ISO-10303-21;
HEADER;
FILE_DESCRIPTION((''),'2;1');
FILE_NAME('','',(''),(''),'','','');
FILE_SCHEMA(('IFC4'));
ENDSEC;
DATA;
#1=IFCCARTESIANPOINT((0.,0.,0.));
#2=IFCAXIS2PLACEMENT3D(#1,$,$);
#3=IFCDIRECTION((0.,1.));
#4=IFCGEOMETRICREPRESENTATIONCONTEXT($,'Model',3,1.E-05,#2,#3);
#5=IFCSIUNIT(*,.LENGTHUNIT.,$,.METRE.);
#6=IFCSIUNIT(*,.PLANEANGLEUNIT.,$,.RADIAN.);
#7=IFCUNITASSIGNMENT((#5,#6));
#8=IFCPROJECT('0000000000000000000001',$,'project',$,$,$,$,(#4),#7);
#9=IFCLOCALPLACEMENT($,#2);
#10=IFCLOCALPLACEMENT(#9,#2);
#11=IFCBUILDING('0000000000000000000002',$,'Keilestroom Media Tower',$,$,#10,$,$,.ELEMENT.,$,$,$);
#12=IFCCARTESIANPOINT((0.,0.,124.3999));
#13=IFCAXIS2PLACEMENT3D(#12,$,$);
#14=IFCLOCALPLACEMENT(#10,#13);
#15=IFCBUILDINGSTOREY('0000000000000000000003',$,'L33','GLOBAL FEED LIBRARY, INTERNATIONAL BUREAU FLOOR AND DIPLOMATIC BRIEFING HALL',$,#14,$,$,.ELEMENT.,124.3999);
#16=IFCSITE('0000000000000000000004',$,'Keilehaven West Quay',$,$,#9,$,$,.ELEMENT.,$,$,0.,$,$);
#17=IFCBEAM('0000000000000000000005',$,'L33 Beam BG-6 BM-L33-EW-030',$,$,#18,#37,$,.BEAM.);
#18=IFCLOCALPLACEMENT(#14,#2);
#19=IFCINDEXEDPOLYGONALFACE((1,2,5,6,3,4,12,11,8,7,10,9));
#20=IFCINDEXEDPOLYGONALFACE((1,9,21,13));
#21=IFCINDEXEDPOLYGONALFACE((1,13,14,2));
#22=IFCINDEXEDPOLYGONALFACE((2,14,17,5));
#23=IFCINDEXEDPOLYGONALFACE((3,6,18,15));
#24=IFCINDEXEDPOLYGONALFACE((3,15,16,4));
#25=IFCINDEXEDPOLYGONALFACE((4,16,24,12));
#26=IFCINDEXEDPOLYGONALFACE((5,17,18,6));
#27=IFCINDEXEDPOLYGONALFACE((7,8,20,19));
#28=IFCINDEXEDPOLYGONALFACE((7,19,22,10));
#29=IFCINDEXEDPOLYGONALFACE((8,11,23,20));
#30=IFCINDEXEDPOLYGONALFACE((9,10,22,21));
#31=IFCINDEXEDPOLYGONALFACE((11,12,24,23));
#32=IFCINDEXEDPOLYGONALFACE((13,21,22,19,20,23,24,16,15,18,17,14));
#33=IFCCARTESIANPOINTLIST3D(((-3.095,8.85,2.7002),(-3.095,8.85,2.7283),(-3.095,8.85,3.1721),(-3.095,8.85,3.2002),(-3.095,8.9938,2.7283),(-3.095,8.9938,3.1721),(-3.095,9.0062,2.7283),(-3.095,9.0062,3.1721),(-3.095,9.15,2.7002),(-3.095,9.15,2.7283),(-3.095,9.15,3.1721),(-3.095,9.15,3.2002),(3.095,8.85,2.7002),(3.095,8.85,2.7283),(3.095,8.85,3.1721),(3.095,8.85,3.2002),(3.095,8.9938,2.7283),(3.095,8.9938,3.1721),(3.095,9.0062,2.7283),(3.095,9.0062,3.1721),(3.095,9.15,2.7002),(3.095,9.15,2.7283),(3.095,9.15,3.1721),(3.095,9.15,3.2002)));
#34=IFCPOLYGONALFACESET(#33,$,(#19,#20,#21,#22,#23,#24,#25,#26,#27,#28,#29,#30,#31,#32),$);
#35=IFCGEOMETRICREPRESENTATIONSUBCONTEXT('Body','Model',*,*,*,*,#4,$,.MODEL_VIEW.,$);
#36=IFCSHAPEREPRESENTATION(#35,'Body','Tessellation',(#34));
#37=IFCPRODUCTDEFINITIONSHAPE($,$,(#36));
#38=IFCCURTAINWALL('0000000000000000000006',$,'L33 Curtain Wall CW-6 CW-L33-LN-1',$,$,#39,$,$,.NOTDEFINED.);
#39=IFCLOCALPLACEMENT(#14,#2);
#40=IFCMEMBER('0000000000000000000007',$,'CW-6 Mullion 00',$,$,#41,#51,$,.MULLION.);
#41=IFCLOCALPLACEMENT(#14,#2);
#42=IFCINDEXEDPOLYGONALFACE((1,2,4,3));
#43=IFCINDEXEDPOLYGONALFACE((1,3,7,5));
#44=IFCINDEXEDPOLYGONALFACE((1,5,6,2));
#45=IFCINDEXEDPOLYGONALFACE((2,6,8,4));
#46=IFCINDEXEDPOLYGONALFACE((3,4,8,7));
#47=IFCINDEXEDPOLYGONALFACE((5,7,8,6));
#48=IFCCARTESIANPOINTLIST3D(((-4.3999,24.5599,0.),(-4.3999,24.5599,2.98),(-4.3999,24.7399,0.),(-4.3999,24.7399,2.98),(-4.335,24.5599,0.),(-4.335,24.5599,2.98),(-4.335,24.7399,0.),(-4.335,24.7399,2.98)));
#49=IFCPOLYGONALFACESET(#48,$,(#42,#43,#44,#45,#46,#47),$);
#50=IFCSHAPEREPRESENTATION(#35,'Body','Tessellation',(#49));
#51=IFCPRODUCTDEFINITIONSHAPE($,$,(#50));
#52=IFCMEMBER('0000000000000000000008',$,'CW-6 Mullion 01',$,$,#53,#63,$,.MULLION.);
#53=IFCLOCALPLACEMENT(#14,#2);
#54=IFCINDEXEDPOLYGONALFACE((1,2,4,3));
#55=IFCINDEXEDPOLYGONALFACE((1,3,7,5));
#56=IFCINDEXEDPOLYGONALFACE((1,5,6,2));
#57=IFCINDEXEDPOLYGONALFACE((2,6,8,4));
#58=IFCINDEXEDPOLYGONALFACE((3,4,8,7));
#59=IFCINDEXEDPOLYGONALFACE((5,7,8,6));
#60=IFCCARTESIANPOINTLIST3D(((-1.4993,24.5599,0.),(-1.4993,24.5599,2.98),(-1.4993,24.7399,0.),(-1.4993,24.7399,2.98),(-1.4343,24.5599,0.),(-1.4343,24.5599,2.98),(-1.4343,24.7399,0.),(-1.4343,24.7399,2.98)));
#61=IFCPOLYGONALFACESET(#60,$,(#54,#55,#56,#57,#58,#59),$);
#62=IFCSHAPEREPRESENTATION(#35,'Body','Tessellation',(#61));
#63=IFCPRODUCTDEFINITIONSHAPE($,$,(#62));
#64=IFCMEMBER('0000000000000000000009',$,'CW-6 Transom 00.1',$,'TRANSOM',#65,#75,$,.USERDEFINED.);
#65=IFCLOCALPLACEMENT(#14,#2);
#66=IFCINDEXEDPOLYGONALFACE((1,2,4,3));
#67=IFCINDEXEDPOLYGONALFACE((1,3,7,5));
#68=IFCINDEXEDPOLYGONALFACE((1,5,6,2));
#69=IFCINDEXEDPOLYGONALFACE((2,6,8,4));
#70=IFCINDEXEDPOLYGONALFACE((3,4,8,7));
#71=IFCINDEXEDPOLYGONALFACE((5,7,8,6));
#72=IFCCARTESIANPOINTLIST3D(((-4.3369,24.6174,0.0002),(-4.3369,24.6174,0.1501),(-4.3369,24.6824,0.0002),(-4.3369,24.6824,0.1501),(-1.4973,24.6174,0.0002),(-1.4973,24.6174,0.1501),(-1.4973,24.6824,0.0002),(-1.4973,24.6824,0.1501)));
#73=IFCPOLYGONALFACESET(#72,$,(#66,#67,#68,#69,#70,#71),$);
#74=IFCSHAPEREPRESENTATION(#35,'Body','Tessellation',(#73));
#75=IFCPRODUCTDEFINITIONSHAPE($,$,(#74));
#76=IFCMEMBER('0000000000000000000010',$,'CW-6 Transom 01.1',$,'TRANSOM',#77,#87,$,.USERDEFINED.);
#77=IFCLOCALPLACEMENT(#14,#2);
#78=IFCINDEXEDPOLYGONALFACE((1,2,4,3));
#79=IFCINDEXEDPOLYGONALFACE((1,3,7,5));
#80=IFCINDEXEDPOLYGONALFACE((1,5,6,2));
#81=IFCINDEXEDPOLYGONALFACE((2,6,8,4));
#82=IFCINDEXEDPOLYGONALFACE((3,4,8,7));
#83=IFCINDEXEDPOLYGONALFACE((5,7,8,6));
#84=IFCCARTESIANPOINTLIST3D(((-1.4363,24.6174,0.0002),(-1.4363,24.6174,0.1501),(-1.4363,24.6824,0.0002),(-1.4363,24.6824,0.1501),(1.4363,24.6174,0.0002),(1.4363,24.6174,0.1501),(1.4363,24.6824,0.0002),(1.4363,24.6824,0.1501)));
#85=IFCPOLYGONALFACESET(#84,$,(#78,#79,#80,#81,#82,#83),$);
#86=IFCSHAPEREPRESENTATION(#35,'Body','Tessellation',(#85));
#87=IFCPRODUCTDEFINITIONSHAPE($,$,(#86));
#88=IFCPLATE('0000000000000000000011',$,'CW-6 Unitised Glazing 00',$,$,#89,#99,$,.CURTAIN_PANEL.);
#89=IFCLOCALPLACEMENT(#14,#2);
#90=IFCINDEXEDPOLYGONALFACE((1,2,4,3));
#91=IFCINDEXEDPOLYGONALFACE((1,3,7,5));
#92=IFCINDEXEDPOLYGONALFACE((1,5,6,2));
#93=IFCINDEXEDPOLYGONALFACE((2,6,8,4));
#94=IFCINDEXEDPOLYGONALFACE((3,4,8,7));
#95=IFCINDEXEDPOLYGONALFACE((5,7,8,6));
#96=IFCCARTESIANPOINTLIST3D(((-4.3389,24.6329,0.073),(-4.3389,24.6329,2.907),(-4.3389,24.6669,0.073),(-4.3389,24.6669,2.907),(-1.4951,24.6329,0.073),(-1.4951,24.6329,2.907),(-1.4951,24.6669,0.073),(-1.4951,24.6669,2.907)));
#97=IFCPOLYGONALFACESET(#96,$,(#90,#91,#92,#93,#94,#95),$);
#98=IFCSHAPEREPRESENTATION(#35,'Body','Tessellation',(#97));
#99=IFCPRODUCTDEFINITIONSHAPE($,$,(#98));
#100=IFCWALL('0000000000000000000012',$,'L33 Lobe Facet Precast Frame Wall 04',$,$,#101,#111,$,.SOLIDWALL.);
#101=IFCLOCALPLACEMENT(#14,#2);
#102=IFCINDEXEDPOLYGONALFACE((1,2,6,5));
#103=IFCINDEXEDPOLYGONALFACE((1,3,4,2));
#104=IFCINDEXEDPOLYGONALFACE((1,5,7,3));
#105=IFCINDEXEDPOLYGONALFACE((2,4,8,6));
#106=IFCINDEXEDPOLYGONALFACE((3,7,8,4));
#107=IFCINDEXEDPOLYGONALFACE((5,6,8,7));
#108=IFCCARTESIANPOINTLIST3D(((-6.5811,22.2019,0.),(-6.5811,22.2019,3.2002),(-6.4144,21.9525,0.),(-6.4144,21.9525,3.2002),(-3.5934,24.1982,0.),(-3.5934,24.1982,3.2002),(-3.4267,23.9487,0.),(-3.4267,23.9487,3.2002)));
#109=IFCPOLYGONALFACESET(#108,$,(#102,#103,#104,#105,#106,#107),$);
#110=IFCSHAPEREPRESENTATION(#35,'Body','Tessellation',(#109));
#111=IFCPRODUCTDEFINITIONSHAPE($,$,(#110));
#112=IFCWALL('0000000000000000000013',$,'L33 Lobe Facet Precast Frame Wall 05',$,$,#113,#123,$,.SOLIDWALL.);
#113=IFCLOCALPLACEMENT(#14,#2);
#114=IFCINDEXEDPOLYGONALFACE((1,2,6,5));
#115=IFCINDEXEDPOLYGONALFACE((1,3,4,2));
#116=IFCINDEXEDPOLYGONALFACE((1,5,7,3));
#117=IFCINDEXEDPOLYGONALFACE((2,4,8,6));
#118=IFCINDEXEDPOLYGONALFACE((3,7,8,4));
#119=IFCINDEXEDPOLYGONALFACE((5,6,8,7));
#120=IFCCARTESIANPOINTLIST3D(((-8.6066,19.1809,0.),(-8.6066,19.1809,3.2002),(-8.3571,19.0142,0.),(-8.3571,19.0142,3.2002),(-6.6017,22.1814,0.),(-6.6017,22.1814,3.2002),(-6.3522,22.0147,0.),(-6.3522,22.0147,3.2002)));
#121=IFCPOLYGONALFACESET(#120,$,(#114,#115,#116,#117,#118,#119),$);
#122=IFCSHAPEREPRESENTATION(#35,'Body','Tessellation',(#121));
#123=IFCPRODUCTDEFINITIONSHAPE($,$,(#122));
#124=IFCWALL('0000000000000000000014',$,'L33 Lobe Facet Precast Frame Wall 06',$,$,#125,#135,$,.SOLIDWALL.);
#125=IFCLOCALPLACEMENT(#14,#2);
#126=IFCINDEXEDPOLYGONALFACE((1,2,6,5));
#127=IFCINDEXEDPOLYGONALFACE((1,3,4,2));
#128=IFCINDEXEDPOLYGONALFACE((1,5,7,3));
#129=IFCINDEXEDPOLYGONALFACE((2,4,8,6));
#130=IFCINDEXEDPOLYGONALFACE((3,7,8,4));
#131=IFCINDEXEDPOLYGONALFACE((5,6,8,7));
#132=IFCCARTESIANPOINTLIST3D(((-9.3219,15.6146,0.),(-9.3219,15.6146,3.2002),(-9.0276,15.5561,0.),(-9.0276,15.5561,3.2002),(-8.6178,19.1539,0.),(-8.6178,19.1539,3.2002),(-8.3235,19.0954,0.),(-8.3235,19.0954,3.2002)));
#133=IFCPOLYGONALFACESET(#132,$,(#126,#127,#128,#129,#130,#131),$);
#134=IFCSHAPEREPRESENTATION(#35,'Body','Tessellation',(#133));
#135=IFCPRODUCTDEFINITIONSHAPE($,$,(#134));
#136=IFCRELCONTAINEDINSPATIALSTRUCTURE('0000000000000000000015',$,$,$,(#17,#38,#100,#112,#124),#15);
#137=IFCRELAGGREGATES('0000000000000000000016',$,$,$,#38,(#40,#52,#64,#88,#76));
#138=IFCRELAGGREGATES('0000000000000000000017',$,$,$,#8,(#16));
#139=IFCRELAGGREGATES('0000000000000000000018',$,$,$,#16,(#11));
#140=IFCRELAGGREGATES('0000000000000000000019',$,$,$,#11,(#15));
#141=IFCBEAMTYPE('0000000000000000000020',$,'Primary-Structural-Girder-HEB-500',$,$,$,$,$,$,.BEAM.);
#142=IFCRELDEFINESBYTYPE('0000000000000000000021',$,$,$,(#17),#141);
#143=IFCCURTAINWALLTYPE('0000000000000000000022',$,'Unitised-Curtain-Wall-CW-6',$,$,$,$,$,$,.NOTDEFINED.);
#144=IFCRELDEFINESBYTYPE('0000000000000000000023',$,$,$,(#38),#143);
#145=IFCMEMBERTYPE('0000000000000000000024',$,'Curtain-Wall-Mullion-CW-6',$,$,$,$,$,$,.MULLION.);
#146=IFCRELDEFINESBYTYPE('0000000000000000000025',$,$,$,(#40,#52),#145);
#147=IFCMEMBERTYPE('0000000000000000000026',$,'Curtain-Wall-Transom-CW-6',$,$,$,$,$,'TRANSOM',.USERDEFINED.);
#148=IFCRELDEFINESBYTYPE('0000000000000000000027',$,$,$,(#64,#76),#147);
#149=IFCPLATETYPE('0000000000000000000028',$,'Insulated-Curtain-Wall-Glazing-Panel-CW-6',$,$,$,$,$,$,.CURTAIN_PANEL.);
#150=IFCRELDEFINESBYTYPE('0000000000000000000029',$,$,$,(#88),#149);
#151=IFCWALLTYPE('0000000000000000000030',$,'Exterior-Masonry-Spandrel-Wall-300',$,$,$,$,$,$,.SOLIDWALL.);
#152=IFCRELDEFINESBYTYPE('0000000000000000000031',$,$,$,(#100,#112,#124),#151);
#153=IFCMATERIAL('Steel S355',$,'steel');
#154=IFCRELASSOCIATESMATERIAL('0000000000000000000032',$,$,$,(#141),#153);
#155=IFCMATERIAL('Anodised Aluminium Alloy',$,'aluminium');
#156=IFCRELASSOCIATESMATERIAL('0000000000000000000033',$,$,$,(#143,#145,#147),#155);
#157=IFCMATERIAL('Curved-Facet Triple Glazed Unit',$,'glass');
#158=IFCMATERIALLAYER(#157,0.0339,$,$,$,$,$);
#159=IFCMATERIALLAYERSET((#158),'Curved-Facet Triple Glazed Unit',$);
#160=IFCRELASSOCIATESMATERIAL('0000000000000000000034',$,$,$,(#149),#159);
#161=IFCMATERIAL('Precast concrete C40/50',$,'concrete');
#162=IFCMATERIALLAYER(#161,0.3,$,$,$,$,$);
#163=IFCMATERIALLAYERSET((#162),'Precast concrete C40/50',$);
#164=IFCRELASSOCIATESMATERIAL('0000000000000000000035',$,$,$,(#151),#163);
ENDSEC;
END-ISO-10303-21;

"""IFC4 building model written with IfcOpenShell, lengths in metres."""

from ifc_helpers import new_model, si_unit, direction, frame, frame_2d, origin, origin_2d, place, context, subcontext, project, spatial, rectangle, i_section, extrude, source, transform, mapped, material, layer, layer_set, material_profile, profile_set, type_object, element, aggregate, save


model = new_model("IFC4")

# Units and contexts
model_context = context("Model", 3, precision=1e-05, world=origin(), true_north=direction((0.0, 1.0)))
body_context = subcontext(model_context, "Body", "Model", "MODEL_VIEW")
ifc_project = project(units=[si_unit("LENGTHUNIT", "METRE"), si_unit("PLANEANGLEUNIT", "RADIAN")], contexts=[model_context])

# Site, building, storey
site_placement = place(None, origin())
site = spatial("IfcSite", under=ifc_project, at=site_placement, Name="Keilehaven West Quay", CompositionType="ELEMENT", RefElevation=0.0)
building_placement = place(site_placement, origin())
building = spatial("IfcBuilding", under=site, at=building_placement, Name="Keilestroom Media Tower", CompositionType="ELEMENT")
storey_placement = place(building_placement, frame((0.0, 0.0, 124.3999)))
storey = spatial("IfcBuildingStorey", under=building, at=storey_placement, Name="L33", Description="GLOBAL FEED LIBRARY, INTERNATIONAL BUREAU FLOOR AND DIPLOMATIC BRIEFING HALL", CompositionType="ELEMENT", Elevation=124.3999)

# Shared definitions
ifc_material_1 = material(Name="Steel S355", Category="steel")

# Beam
ifc_material_profile_1 = material_profile(ifc_material_1, i_section(OverallWidth=0.3, OverallDepth=0.5, WebThickness=0.0125, FlangeThickness=0.0281, at=origin_2d()), Name="HEB 500")
ifc_profile_set_1 = profile_set([ifc_material_profile_1], Name="Steel S355")
beam_type = type_object("IfcBeamType", Name="Primary-Structural-Girder-HEB-500", PredefinedType="BEAM", material=ifc_profile_set_1)
shared_shape_1 = source(origin(), body_context, "Body", "SweptSolid", [
    extrude(i_section(OverallWidth=0.3, OverallDepth=0.5, WebThickness=0.0125, FlangeThickness=0.0281, at=origin_2d()), origin(), (0.0, 0.0, 1.0), 6.1899),
])
beam_1_placement = place(storey_placement, frame((-3.095, 9.0, 2.9502), z_axis=(1.0, 0.0, 0.0), x_axis=(0.0, 1.0, 0.0)))
element("IfcBeam", 1, at=beam_1_placement, inside=storey, type_object=beam_type, Name="L33 Beam BG-6 BM-L33-EW-030", PredefinedType="BEAM", context=body_context, shape_type="MappedRepresentation", body=[
    mapped(shared_shape_1, transform((0.0, 0.0, 0.0), x_axis=(1.0, 0.0, 0.0), y_axis=(0.0, 1.0, 0.0), z_axis=(0.0, 0.0, 1.0), scale=1.0)),
])

# Curtain wall, members, plate
ifc_material_2 = material(Name="Anodised Aluminium Alloy", Category="aluminium")
curtain_wall_type = type_object("IfcCurtainWallType", Name="Unitised-Curtain-Wall-CW-6", PredefinedType="NOTDEFINED", material=ifc_material_2)
curtain_wall_placement = place(storey_placement, origin())
curtain_wall = element("IfcCurtainWall", 2, at=curtain_wall_placement, inside=storey, type_object=curtain_wall_type, Name="L33 Curtain Wall CW-6 CW-L33-LN-1", PredefinedType="NOTDEFINED")
ifc_material_profile_2 = material_profile(ifc_material_2, rectangle(XDim=0.0649, YDim=0.1799, at=origin_2d()), Name="ALU MULLION 65x180")
ifc_profile_set_2 = profile_set([ifc_material_profile_2], Name="Anodised Aluminium Alloy")
member_type_1 = type_object("IfcMemberType", Name="Curtain-Wall-Mullion-CW-6", PredefinedType="MULLION", material=ifc_profile_set_2)
shared_shape_2 = source(origin(), body_context, "Body", "SweptSolid", [
    extrude(rectangle(XDim=0.0649, YDim=0.1799, at=origin_2d()), origin(), (0.0, 0.0, 1.0), 2.98),
])
member_1_placement = place(storey_placement, frame((-4.3674, 24.6499, 0.0), z_axis=(0.0, 0.0, 1.0), x_axis=(1.0, 0.0, 0.0)))
member_1 = element("IfcMember", 3, at=member_1_placement, type_object=member_type_1, Name="CW-6 Mullion 00", PredefinedType="MULLION", context=body_context, shape_type="MappedRepresentation", body=[
    mapped(shared_shape_2, transform((0.0, 0.0, 0.0), x_axis=(1.0, 0.0, 0.0), y_axis=(0.0, 1.0, 0.0), z_axis=(0.0, 0.0, 1.0), scale=1.0)),
])
member_2_placement = place(storey_placement, frame((-1.4668, 24.6499, 0.0), z_axis=(0.0, 0.0, 1.0), x_axis=(1.0, 0.0, 0.0)))
member_2 = element("IfcMember", 4, at=member_2_placement, type_object=member_type_1, Name="CW-6 Mullion 01", PredefinedType="MULLION", context=body_context, shape_type="MappedRepresentation", body=[
    mapped(shared_shape_2, transform((0.0, 0.0, 0.0), x_axis=(1.0, 0.0, 0.0), y_axis=(0.0, 1.0, 0.0), z_axis=(0.0, 0.0, 1.0), scale=1.0)),
])
ifc_material_profile_3 = material_profile(ifc_material_2, rectangle(XDim=0.0649, YDim=0.1499, at=origin_2d()), Name="ALU TRANSOM 65x150")
ifc_profile_set_3 = profile_set([ifc_material_profile_3], Name="Anodised Aluminium Alloy")
member_type_2 = type_object("IfcMemberType", Name="Curtain-Wall-Transom-CW-6", ElementType="TRANSOM", PredefinedType="USERDEFINED", material=ifc_profile_set_3)
shared_shape_3 = source(origin(), body_context, "Body", "SweptSolid", [
    extrude(rectangle(XDim=0.0649, YDim=0.1499, at=origin_2d()), origin(), (0.0, 0.0, 1.0), 2.8396),
])
member_3_placement = place(storey_placement, frame((-4.3369, 24.6499, 0.0752), z_axis=(1.0, 0.0, 0.0), x_axis=(0.0, 1.0, 0.0)))
member_3 = element("IfcMember", 5, at=member_3_placement, type_object=member_type_2, Name="CW-6 Transom 00.1", ObjectType="TRANSOM", PredefinedType="USERDEFINED", context=body_context, shape_type="MappedRepresentation", body=[
    mapped(shared_shape_3, transform((0.0, 0.0, 0.0), x_axis=(1.0, 0.0, 0.0), y_axis=(0.0, 1.0, 0.0), z_axis=(0.0, 0.0, 1.0), scale=1.0)),
])
shared_shape_4 = source(origin(), body_context, "Body", "SweptSolid", [
    extrude(rectangle(XDim=0.0649, YDim=0.1499, at=origin_2d()), origin(), (0.0, 0.0, 1.0), 2.8726),
])
member_4_placement = place(storey_placement, frame((-1.4363, 24.6499, 0.0752), z_axis=(1.0, 0.0, 0.0), x_axis=(0.0, 1.0, 0.0)))
member_4 = element("IfcMember", 6, at=member_4_placement, type_object=member_type_2, Name="CW-6 Transom 01.1", ObjectType="TRANSOM", PredefinedType="USERDEFINED", context=body_context, shape_type="MappedRepresentation", body=[
    mapped(shared_shape_4, transform((0.0, 0.0, 0.0), x_axis=(1.0, 0.0, 0.0), y_axis=(0.0, 1.0, 0.0), z_axis=(0.0, 0.0, 1.0), scale=1.0)),
])
ifc_material_3 = material(Name="Curved-Facet Triple Glazed Unit", Category="glass")
ifc_layer_1 = layer(ifc_material_3, 0.0339)
ifc_layer_set_1 = layer_set([ifc_layer_1], Name="Curved-Facet Triple Glazed Unit")
plate_type = type_object("IfcPlateType", Name="Insulated-Curtain-Wall-Glazing-Panel-CW-6", PredefinedType="CURTAIN_PANEL", material=ifc_layer_set_1)
shared_shape_5 = source(origin(), body_context, "Body", "SweptSolid", [
    extrude(rectangle(XDim=2.8438, YDim=0.0339, at=origin_2d()), origin(), (0.0, 0.0, 1.0), 2.834),
])
plate_placement = place(storey_placement, frame((-2.917, 24.6499, 0.073), z_axis=(0.0, 0.0, 1.0), x_axis=(1.0, 0.0, 0.0)))
plate = element("IfcPlate", 7, at=plate_placement, type_object=plate_type, Name="CW-6 Unitised Glazing 00", PredefinedType="CURTAIN_PANEL", context=body_context, shape_type="MappedRepresentation", body=[
    mapped(shared_shape_5, transform((0.0, 0.0, 0.0), x_axis=(1.0, 0.0, 0.0), y_axis=(0.0, 1.0, 0.0), z_axis=(0.0, 0.0, 1.0), scale=1.0)),
])
aggregate(curtain_wall, [member_1, member_2, member_3, plate, member_4])

# Walls
ifc_material_4 = material(Name="Precast concrete C40/50", Category="concrete")
ifc_layer_2 = layer(ifc_material_4, 0.3)
ifc_layer_set_2 = layer_set([ifc_layer_2], Name="Precast concrete C40/50")
wall_type_1 = type_object("IfcWallType", Name="Exterior-Masonry-Spandrel-Wall-300", PredefinedType="SOLIDWALL", material=ifc_layer_set_2)
wall_1_placement = place(storey_placement, frame((-3.51, 24.0735, 0.0), z_axis=(0.0, 0.0, 1.0), x_axis=(-0.831475, -0.555562, 0.0)))
element("IfcWall", 8, at=wall_1_placement, inside=storey, type_object=wall_type_1, Name="L33 Lobe Facet Precast Frame Wall 04", PredefinedType="SOLIDWALL", context=body_context, shape_type="SweptSolid", body=[
    extrude(rectangle(XDim=3.5933, YDim=0.3, at=frame_2d((1.7966, 0.0))), origin(), (0.0, 0.0, 1.0), 3.2002),
])
for number, where, z_axis, x_axis, name in (
    (9, (-6.4771, 22.0979, 0.0), (0.0, 0.0, 1.0), (-0.555574, -0.831467, 0.0), "L33 Lobe Facet Precast Frame Wall 05"),
    (10, (-8.4707, 19.1245, 0.0), (0.0, 0.0, 1.0), (-0.195114, -0.980781, 0.0), "L33 Lobe Facet Precast Frame Wall 06"),
):
    element("IfcWall", number, at=place(storey_placement, frame(where, z_axis=z_axis, x_axis=x_axis)), inside=storey, type_object=wall_type_1, Name=name, PredefinedType="SOLIDWALL", context=body_context, shape_type="SweptSolid", body=[
        extrude(rectangle(XDim=3.6086, YDim=0.3, at=frame_2d((1.8042, 0.0))), origin(), (0.0, 0.0, 1.0), 3.2002),
    ])

save(model, "model.ifc")
